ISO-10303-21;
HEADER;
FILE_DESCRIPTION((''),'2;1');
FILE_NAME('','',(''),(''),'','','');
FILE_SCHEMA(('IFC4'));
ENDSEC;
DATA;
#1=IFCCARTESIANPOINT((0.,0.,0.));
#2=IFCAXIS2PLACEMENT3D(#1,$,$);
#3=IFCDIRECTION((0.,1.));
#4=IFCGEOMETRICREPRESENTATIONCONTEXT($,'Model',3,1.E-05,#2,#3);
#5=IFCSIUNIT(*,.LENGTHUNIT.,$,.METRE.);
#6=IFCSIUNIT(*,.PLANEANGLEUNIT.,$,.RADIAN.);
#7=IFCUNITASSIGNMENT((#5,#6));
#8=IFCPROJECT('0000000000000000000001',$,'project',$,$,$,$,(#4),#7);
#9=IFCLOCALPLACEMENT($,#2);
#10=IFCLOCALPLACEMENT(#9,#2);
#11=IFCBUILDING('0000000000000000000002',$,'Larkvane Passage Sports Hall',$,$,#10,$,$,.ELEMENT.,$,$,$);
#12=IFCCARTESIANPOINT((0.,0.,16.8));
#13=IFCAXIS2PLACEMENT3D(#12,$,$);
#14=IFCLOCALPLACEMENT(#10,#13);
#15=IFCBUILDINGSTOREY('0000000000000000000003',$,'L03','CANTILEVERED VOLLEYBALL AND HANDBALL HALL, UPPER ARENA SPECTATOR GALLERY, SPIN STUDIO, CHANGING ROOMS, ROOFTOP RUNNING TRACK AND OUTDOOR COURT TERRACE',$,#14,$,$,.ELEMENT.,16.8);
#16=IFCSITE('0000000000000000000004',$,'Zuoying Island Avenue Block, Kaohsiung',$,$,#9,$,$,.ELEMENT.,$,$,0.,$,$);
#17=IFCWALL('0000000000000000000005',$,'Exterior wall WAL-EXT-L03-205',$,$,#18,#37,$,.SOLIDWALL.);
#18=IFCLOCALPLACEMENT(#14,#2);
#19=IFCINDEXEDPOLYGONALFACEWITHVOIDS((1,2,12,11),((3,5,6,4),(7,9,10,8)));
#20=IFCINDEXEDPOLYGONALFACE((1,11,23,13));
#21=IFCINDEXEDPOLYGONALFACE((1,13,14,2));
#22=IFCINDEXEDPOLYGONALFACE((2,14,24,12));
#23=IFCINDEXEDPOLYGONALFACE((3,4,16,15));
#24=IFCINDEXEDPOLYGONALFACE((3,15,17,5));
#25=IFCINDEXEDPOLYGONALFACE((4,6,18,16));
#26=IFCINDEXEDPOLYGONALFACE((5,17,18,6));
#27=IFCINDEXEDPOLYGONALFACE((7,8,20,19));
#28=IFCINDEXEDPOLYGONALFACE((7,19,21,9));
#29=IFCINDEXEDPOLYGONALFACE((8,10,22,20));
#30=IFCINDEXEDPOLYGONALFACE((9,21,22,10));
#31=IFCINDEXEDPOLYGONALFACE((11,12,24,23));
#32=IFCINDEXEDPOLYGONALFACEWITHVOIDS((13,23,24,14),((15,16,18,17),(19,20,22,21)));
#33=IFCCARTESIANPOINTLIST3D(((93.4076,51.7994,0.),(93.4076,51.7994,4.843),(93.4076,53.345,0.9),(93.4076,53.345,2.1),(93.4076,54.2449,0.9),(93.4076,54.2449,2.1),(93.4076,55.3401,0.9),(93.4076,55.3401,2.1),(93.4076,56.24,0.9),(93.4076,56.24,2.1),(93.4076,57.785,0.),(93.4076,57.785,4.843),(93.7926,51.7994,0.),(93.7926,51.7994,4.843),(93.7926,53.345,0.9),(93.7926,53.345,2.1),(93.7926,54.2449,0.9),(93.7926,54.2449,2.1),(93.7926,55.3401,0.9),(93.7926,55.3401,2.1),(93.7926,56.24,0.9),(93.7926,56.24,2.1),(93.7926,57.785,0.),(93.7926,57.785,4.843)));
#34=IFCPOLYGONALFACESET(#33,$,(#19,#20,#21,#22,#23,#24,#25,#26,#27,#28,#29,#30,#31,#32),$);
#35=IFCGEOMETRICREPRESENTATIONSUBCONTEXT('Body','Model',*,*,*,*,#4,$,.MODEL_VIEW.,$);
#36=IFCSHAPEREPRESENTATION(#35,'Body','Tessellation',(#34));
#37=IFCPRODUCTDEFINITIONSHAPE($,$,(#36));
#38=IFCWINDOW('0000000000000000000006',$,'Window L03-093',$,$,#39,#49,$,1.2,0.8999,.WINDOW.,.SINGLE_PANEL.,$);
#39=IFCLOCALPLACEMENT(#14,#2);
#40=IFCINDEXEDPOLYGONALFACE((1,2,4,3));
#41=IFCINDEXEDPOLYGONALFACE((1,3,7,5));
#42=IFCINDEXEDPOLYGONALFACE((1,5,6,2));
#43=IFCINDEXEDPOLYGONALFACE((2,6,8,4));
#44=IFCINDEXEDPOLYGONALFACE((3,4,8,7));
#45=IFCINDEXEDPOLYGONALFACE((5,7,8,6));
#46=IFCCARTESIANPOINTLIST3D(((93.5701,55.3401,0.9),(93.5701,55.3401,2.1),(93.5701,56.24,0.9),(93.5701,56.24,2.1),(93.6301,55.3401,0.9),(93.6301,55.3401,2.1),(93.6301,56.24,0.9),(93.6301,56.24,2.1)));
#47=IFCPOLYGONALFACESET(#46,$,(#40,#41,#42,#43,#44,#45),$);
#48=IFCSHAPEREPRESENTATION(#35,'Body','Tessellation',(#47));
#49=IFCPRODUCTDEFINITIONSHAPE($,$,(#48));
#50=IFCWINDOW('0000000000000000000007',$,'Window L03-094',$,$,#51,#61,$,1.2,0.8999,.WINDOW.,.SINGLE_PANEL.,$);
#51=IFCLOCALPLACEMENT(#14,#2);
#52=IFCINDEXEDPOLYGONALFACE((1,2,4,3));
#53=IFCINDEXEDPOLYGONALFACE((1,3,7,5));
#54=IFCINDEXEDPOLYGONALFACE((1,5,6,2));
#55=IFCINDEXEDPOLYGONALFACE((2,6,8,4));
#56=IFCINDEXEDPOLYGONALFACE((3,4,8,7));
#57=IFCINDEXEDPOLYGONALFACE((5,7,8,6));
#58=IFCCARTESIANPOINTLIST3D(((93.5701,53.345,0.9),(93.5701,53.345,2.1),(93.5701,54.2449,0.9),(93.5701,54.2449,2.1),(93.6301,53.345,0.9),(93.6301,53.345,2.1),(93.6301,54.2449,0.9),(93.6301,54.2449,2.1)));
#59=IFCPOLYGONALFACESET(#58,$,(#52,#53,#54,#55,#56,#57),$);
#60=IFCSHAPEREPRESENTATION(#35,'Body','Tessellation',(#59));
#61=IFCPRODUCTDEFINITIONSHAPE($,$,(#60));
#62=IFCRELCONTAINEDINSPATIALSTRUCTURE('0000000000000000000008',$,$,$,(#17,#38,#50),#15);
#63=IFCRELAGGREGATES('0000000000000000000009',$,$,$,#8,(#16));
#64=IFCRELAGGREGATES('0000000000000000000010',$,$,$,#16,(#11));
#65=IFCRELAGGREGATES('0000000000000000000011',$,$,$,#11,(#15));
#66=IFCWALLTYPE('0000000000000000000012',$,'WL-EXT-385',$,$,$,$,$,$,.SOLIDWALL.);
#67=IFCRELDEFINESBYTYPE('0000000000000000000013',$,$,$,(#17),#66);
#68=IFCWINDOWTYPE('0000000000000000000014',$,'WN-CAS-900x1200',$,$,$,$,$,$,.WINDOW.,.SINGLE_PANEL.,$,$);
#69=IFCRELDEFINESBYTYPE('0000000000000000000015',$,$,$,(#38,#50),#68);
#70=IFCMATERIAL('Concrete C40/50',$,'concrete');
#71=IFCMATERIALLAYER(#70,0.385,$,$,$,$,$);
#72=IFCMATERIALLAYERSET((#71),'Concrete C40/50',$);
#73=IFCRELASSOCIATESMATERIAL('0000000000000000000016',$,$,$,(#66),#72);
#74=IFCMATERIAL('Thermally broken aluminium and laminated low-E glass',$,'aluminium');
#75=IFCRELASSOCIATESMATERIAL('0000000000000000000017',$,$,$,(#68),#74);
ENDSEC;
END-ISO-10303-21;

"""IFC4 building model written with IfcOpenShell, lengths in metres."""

from ifc_helpers import new_model, si_unit, direction, frame, frame_2d, origin, place, context, subcontext, project, spatial, rectangle, extrude, material, layer, layer_set, type_object, element, fill, save


model = new_model("IFC4")

# Units and contexts
model_context = context("Model", 3, precision=1e-05, world=origin(), true_north=direction((0.0, 1.0)))
body_context = subcontext(model_context, "Body", "Model", "MODEL_VIEW")
ifc_project = project(units=[si_unit("LENGTHUNIT", "METRE"), si_unit("PLANEANGLEUNIT", "RADIAN")], contexts=[model_context])

# Site, building, storey
site_placement = place(None, origin())
site = spatial("IfcSite", under=ifc_project, at=site_placement, Name="Zuoying Island Avenue Block, Kaohsiung", CompositionType="ELEMENT", RefElevation=0.0)
building_placement = place(site_placement, origin())
building = spatial("IfcBuilding", under=site, at=building_placement, Name="Larkvane Passage Sports Hall", CompositionType="ELEMENT")
storey_placement = place(building_placement, frame((0.0, 0.0, 16.8)))
storey = spatial("IfcBuildingStorey", under=building, at=storey_placement, Name="L03", Description="CANTILEVERED VOLLEYBALL AND HANDBALL HALL, UPPER ARENA SPECTATOR GALLERY, SPIN STUDIO, CHANGING ROOMS, ROOFTOP RUNNING TRACK AND OUTDOOR COURT TERRACE", CompositionType="ELEMENT", Elevation=16.8)

# Wall, openings, windows
ifc_material_1 = material(Name="Concrete C40/50", Category="concrete")
ifc_layer_1 = layer(ifc_material_1, 0.385)
ifc_layer_set_1 = layer_set([ifc_layer_1], Name="Concrete C40/50")
wall_type = type_object("IfcWallType", Name="WL-EXT-385", PredefinedType="SOLIDWALL", material=ifc_layer_set_1)
wall_placement = place(storey_placement, frame((93.6001, 57.7849, 0.0), z_axis=(0.0, 0.0, 1.0), x_axis=(0.0, -1.0, 0.0)))
wall = element("IfcWall", 1, at=wall_placement, inside=storey, type_object=wall_type, Name="Exterior wall WAL-EXT-L03-205", PredefinedType="SOLIDWALL", context=body_context, shape_type="SweptSolid", body=[
    extrude(rectangle(XDim=5.9856, YDim=0.385, at=frame_2d((2.9927, 0.0))), origin(), (0.0, 0.0, 1.0), 4.843),
])
opening_1_placement = place(wall_placement, frame((1.5449, 0.0, 0.8999)))
opening_1 = element("IfcOpeningElement", 2, at=opening_1_placement, cuts=wall, PredefinedType="OPENING", context=body_context, shape_type="SweptSolid", body=[
    extrude(rectangle(XDim=0.8999, YDim=1.2, at=frame_2d((0.45, 0.6001))), frame((0.0, 0.2024, 0.0), z_axis=(0.0, -1.0, 0.0), x_axis=(1.0, 0.0, 0.0)), (0.0, 0.0, 1.0), 0.405),
])
opening_2_placement = place(wall_placement, frame((3.54, 0.0, 0.8999)))
opening_2 = element("IfcOpeningElement", 3, at=opening_2_placement, cuts=wall, PredefinedType="OPENING", context=body_context, shape_type="SweptSolid", body=[
    extrude(rectangle(XDim=0.8999, YDim=1.2, at=frame_2d((0.45, 0.6001))), frame((0.0, 0.2024, 0.0), z_axis=(0.0, -1.0, 0.0), x_axis=(1.0, 0.0, 0.0)), (0.0, 0.0, 1.0), 0.405),
])
ifc_material_2 = material(Name="Thermally broken aluminium and laminated low-E glass", Category="aluminium")
window_type = type_object("IfcWindowType", Name="WN-CAS-900x1200", PartitioningType="SINGLE_PANEL", PredefinedType="WINDOW", material=ifc_material_2)
window_1_placement = place(opening_1_placement, origin())
window_1 = element("IfcWindow", 4, at=window_1_placement, inside=storey, type_object=window_type, Name="Window L03-093", OverallHeight=1.2, OverallWidth=0.8999, PartitioningType="SINGLE_PANEL", PredefinedType="WINDOW", context=body_context, shape_type="SweptSolid", body=[
    extrude(rectangle(XDim=0.8999, YDim=1.2, at=frame_2d((0.45, 0.6001))), frame((0.0, 0.03, 0.0), z_axis=(0.0, -1.0, 0.0), x_axis=(1.0, 0.0, 0.0)), (0.0, 0.0, 1.0), 0.0601),
])
fill(opening_1, window_1)
window_2_placement = place(opening_2_placement, origin())
window_2 = element("IfcWindow", 5, at=window_2_placement, inside=storey, type_object=window_type, Name="Window L03-094", OverallHeight=1.2, OverallWidth=0.8999, PartitioningType="SINGLE_PANEL", PredefinedType="WINDOW", context=body_context, shape_type="SweptSolid", body=[
    extrude(rectangle(XDim=0.8999, YDim=1.2, at=frame_2d((0.45, 0.6001))), frame((0.0, 0.03, 0.0), z_axis=(0.0, -1.0, 0.0), x_axis=(1.0, 0.0, 0.0)), (0.0, 0.0, 1.0), 0.0601),
])
fill(opening_2, window_2)

save(model, "model.ifc")
